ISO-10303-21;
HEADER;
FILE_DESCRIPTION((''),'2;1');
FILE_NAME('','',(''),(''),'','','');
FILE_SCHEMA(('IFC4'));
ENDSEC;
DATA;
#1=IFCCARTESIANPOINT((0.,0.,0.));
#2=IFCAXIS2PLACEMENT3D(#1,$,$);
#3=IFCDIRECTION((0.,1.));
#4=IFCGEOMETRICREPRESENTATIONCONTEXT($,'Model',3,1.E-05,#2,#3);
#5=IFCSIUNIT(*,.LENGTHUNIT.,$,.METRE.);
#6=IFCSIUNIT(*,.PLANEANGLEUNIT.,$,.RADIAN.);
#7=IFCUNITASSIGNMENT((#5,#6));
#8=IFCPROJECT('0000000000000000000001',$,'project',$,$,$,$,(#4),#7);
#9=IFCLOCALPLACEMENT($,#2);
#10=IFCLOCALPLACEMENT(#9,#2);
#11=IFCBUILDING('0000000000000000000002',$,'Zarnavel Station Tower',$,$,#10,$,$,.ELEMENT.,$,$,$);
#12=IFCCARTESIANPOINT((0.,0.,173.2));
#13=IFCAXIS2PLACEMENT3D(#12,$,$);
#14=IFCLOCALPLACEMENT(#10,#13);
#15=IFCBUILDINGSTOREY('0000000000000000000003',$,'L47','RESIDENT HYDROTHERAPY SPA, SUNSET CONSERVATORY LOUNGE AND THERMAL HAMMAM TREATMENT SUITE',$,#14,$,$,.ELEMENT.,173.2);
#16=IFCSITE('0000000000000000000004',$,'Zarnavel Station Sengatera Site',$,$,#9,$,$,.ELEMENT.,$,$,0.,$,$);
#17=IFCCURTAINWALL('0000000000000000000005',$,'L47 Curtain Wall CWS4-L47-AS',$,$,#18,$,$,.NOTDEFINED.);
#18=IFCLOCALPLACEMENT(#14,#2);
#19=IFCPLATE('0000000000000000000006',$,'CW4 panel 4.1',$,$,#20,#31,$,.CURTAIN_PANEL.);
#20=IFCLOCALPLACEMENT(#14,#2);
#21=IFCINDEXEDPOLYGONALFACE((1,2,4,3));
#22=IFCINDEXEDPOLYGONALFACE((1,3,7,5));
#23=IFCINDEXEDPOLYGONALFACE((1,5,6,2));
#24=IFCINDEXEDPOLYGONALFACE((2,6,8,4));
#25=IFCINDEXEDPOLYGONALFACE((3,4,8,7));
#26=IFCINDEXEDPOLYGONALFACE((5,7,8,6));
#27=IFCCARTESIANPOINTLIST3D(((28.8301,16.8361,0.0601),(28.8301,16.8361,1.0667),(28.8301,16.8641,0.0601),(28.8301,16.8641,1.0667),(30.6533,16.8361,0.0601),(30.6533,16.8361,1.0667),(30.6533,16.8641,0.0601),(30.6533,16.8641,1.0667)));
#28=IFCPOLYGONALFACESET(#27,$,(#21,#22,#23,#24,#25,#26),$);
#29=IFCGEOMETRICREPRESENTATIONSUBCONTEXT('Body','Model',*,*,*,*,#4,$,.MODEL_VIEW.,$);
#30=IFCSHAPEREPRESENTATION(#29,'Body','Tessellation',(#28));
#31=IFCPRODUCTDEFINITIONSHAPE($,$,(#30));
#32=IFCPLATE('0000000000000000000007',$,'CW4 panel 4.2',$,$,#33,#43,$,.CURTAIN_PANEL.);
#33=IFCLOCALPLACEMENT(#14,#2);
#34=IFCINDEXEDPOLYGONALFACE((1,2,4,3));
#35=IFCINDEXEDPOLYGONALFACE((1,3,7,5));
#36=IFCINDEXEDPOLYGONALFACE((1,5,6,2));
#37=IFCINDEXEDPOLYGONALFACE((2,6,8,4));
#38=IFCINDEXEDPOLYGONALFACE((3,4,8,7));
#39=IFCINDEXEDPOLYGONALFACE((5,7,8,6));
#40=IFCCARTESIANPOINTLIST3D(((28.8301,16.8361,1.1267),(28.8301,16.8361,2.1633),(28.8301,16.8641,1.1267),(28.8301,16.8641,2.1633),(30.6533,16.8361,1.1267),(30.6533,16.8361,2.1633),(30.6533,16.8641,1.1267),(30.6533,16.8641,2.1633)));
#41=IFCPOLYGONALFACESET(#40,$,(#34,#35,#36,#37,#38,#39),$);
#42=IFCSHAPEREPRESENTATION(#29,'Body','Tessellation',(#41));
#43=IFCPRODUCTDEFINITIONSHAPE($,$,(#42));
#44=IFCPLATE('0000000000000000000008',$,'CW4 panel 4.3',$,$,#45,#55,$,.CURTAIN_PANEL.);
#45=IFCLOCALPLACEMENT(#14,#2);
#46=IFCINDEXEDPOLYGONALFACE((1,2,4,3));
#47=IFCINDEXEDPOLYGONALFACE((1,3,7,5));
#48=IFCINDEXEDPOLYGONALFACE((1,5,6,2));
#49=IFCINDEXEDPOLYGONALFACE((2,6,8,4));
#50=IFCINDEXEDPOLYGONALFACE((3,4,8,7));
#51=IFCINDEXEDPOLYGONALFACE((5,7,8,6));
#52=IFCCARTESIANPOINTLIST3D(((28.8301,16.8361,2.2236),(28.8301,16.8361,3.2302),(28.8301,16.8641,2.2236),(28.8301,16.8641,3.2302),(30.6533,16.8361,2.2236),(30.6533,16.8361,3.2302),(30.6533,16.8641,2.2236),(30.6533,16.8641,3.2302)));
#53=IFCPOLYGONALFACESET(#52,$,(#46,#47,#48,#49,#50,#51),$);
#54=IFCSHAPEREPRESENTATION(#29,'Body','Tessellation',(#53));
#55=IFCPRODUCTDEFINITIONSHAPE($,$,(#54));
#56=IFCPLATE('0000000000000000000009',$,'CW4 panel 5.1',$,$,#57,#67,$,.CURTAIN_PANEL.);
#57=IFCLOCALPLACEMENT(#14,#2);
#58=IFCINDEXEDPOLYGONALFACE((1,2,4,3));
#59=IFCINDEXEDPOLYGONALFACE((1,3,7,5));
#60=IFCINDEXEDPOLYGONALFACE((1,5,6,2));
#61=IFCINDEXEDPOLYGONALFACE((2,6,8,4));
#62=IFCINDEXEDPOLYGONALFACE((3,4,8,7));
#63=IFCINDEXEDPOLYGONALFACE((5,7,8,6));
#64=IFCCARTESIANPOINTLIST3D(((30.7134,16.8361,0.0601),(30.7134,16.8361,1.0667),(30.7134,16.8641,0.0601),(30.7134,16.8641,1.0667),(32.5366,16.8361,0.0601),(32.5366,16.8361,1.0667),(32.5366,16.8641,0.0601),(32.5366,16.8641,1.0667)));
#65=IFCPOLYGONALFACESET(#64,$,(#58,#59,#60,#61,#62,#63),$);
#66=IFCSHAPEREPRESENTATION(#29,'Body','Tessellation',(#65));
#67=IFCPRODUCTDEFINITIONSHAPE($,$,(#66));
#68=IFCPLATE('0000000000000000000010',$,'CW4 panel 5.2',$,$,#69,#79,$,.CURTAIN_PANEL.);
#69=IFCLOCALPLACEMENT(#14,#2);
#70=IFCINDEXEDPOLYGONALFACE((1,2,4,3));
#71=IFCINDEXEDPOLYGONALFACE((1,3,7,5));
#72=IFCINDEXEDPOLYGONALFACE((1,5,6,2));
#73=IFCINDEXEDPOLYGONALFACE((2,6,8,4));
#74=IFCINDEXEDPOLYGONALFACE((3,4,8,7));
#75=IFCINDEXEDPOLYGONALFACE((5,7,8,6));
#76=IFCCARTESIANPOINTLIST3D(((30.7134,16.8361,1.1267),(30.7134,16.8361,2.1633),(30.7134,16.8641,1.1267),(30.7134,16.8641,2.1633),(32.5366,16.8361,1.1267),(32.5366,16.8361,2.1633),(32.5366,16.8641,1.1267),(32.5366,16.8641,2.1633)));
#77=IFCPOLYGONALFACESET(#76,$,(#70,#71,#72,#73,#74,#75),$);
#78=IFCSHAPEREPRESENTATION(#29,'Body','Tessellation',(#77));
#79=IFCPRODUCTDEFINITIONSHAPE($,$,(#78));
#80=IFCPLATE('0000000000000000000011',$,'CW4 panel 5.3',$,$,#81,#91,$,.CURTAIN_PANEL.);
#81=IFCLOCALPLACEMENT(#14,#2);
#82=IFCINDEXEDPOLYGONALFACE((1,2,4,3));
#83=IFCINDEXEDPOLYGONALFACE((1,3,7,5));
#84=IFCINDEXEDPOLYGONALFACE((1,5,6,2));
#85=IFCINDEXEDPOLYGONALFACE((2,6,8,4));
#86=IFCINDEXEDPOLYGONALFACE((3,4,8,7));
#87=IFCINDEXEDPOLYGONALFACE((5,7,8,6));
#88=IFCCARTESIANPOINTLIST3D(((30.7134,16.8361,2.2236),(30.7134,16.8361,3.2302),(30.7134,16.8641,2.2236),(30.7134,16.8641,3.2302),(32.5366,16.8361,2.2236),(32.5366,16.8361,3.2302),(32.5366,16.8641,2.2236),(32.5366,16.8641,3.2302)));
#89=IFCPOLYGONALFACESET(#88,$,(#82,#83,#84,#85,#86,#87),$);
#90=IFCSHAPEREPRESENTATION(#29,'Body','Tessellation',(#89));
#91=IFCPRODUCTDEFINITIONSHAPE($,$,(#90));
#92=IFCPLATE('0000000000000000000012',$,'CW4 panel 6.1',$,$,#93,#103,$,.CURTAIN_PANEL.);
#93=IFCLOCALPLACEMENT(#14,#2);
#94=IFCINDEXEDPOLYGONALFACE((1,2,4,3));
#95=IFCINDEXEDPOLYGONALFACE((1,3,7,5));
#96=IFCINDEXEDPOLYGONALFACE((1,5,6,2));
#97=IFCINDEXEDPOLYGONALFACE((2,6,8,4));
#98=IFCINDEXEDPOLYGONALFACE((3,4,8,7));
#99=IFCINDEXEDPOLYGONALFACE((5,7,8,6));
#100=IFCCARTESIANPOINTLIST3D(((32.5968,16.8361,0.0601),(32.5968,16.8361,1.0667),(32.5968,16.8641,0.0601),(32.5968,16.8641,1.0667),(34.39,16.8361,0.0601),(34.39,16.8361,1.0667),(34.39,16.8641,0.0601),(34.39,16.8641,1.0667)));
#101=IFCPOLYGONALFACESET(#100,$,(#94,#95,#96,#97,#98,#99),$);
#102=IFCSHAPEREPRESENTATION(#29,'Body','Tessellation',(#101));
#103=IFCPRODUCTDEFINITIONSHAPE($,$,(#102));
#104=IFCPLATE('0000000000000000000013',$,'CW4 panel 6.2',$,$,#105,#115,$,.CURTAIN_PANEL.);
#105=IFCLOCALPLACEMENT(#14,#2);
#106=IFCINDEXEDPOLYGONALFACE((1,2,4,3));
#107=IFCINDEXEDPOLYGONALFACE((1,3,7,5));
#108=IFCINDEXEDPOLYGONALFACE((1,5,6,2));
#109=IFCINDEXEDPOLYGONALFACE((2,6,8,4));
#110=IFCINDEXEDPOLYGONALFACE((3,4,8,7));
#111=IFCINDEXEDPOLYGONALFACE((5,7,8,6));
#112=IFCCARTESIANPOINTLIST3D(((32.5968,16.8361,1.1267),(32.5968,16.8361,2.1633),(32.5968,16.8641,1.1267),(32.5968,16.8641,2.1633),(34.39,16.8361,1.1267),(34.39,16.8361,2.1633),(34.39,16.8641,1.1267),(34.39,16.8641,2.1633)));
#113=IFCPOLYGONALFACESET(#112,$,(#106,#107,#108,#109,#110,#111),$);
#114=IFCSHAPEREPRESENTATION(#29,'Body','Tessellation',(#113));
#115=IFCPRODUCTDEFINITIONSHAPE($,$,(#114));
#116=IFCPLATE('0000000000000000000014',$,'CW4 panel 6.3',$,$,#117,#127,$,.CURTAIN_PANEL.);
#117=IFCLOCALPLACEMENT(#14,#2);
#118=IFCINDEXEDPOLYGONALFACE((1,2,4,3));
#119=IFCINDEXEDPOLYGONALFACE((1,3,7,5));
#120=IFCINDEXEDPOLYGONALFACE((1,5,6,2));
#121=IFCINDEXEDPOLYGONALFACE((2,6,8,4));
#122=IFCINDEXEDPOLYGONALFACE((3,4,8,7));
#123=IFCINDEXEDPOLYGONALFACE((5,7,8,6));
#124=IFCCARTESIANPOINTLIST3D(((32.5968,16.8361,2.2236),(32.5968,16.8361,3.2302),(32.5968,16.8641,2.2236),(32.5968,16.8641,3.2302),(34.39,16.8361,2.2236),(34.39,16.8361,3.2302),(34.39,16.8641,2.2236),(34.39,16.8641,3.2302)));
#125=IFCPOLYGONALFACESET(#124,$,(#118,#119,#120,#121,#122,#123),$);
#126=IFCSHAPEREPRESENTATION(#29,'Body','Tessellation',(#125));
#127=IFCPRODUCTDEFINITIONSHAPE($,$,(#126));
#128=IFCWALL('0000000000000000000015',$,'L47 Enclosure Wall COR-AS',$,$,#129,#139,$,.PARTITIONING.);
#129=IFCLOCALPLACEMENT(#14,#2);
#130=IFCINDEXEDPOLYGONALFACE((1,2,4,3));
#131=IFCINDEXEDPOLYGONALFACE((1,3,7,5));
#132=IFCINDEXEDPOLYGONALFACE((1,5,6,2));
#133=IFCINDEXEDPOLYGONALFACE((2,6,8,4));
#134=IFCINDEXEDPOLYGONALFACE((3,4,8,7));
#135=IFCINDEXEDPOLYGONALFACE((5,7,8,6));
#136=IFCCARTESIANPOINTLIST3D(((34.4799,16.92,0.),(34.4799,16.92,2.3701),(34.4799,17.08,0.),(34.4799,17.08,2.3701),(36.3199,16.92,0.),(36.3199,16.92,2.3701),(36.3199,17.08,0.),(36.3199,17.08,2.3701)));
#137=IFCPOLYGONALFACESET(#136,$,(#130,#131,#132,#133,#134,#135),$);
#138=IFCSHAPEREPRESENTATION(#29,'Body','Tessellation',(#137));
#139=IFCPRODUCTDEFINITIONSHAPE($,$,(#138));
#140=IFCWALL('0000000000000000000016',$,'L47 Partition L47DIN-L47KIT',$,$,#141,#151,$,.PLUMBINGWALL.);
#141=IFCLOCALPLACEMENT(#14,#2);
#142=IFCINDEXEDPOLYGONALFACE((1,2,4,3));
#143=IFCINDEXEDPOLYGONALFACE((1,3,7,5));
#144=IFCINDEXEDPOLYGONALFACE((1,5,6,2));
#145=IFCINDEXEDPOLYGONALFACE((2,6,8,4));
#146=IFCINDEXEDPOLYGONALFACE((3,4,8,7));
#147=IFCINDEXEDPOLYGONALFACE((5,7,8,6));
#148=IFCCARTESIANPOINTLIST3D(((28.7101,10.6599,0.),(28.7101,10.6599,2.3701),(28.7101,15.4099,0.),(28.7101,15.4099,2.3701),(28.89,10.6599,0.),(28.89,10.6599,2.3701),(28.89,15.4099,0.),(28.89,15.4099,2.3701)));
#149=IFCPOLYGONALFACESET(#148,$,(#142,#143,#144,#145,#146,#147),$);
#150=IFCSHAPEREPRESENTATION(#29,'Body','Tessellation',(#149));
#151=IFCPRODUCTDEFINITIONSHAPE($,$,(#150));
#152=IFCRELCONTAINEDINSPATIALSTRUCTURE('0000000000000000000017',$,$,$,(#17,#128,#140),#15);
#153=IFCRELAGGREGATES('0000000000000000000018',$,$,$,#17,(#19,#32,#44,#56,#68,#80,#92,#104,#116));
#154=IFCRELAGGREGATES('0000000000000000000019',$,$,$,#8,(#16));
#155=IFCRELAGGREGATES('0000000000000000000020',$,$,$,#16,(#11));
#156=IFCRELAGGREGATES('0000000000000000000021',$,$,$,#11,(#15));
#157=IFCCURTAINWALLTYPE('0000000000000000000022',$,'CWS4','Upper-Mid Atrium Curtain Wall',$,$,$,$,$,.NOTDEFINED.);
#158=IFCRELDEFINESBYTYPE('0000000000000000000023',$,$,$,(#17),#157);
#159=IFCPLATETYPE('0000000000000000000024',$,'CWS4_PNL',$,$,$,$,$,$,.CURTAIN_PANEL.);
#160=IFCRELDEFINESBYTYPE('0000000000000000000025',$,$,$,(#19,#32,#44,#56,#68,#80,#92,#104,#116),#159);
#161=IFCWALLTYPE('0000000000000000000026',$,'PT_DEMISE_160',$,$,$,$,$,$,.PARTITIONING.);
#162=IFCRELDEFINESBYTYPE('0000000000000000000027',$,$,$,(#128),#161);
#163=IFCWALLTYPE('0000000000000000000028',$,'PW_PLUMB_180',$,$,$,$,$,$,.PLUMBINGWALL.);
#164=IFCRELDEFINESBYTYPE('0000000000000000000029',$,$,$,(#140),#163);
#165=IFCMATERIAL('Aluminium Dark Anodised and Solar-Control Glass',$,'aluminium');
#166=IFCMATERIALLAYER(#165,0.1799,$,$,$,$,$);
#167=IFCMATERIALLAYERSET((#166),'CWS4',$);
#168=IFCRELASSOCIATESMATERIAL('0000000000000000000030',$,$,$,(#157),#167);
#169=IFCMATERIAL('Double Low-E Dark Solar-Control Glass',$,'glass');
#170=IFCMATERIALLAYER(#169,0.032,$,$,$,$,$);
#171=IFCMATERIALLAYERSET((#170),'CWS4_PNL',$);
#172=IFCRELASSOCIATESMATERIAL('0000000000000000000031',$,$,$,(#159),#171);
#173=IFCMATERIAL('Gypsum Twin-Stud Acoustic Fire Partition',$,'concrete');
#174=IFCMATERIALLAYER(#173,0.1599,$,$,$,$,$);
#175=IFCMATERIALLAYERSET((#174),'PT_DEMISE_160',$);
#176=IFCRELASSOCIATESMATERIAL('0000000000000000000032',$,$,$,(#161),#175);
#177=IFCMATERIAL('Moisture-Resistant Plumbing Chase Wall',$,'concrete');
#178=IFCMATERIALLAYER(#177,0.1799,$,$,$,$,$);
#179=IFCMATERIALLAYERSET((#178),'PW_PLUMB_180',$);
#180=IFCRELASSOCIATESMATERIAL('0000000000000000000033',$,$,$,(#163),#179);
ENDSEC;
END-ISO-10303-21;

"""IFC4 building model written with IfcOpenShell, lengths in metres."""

from ifc_helpers import new_model, si_unit, direction, frame, frame_2d, origin, origin_2d, place, context, subcontext, project, spatial, rectangle, extrude, material, layer, layer_set, type_object, element, aggregate, save


model = new_model("IFC4")

# Units and contexts
model_context = context("Model", 3, precision=1e-05, world=origin(), true_north=direction((0.0, 1.0)))
body_context = subcontext(model_context, "Body", "Model", "MODEL_VIEW")
ifc_project = project(units=[si_unit("LENGTHUNIT", "METRE"), si_unit("PLANEANGLEUNIT", "RADIAN")], contexts=[model_context])

# Site, building, storey
site_placement = place(None, origin())
site = spatial("IfcSite", under=ifc_project, at=site_placement, Name="Zarnavel Station Sengatera Site", CompositionType="ELEMENT", RefElevation=0.0)
building_placement = place(site_placement, origin())
building = spatial("IfcBuilding", under=site, at=building_placement, Name="Zarnavel Station Tower", CompositionType="ELEMENT")
storey_placement = place(building_placement, frame((0.0, 0.0, 173.2)))
storey = spatial("IfcBuildingStorey", under=building, at=storey_placement, Name="L47", Description="RESIDENT HYDROTHERAPY SPA, SUNSET CONSERVATORY LOUNGE AND THERMAL HAMMAM TREATMENT SUITE", CompositionType="ELEMENT", Elevation=173.2)

# Curtain wall
ifc_material_1 = material(Name="Aluminium Dark Anodised and Solar-Control Glass", Category="aluminium")
ifc_layer_1 = layer(ifc_material_1, 0.1799)
ifc_layer_set_1 = layer_set([ifc_layer_1], Name="CWS4")
curtain_wall_type = type_object("IfcCurtainWallType", Name="CWS4", Description="Upper-Mid Atrium Curtain Wall", PredefinedType="NOTDEFINED", material=ifc_layer_set_1)
curtain_wall_placement = place(storey_placement, origin())
curtain_wall = element("IfcCurtainWall", 1, at=curtain_wall_placement, inside=storey, type_object=curtain_wall_type, Name="L47 Curtain Wall CWS4-L47-AS", PredefinedType="NOTDEFINED")

# Plates
ifc_material_2 = material(Name="Double Low-E Dark Solar-Control Glass", Category="glass")
ifc_layer_2 = layer(ifc_material_2, 0.032)
ifc_layer_set_2 = layer_set([ifc_layer_2], Name="CWS4_PNL")
plate_type = type_object("IfcPlateType", Name="CWS4_PNL", PredefinedType="CURTAIN_PANEL", material=ifc_layer_set_2)
plate_1_placement = place(storey_placement, frame((29.7417, 16.8501, 0.0601), z_axis=(0.0, 0.0, 1.0), x_axis=(1.0, 0.0, 0.0)))
plate_1 = element("IfcPlate", 2, at=plate_1_placement, type_object=plate_type, Name="CW4 panel 4.1", PredefinedType="CURTAIN_PANEL", context=body_context, shape_type="SweptSolid", body=[
    extrude(rectangle(XDim=1.8232, YDim=0.0281, at=origin_2d()), origin(), (0.0, 0.0, 1.0), 1.0066),
])
plate_2_placement = place(storey_placement, frame((29.7417, 16.8501, 1.1267), z_axis=(0.0, 0.0, 1.0), x_axis=(1.0, 0.0, 0.0)))
plate_2 = element("IfcPlate", 3, at=plate_2_placement, type_object=plate_type, Name="CW4 panel 4.2", PredefinedType="CURTAIN_PANEL", context=body_context, shape_type="SweptSolid", body=[
    extrude(rectangle(XDim=1.8232, YDim=0.0281, at=origin_2d()), origin(), (0.0, 0.0, 1.0), 1.0366),
])
plate_3_placement = place(storey_placement, frame((29.7417, 16.8501, 2.2236), z_axis=(0.0, 0.0, 1.0), x_axis=(1.0, 0.0, 0.0)))
plate_3 = element("IfcPlate", 4, at=plate_3_placement, type_object=plate_type, Name="CW4 panel 4.3", PredefinedType="CURTAIN_PANEL", context=body_context, shape_type="SweptSolid", body=[
    extrude(rectangle(XDim=1.8232, YDim=0.0281, at=origin_2d()), origin(), (0.0, 0.0, 1.0), 1.0066),
])
plate_4_placement = place(storey_placement, frame((31.625, 16.8501, 0.0601), z_axis=(0.0, 0.0, 1.0), x_axis=(1.0, 0.0, 0.0)))
plate_4 = element("IfcPlate", 5, at=plate_4_placement, type_object=plate_type, Name="CW4 panel 5.1", PredefinedType="CURTAIN_PANEL", context=body_context, shape_type="SweptSolid", body=[
    extrude(rectangle(XDim=1.8232, YDim=0.0281, at=origin_2d()), origin(), (0.0, 0.0, 1.0), 1.0066),
])
plate_5_placement = place(storey_placement, frame((31.625, 16.8501, 1.1267), z_axis=(0.0, 0.0, 1.0), x_axis=(1.0, 0.0, 0.0)))
plate_5 = element("IfcPlate", 6, at=plate_5_placement, type_object=plate_type, Name="CW4 panel 5.2", PredefinedType="CURTAIN_PANEL", context=body_context, shape_type="SweptSolid", body=[
    extrude(rectangle(XDim=1.8232, YDim=0.0281, at=origin_2d()), origin(), (0.0, 0.0, 1.0), 1.0366),
])
plate_6_placement = place(storey_placement, frame((31.625, 16.8501, 2.2236), z_axis=(0.0, 0.0, 1.0), x_axis=(1.0, 0.0, 0.0)))
plate_6 = element("IfcPlate", 7, at=plate_6_placement, type_object=plate_type, Name="CW4 panel 5.3", PredefinedType="CURTAIN_PANEL", context=body_context, shape_type="SweptSolid", body=[
    extrude(rectangle(XDim=1.8232, YDim=0.0281, at=origin_2d()), origin(), (0.0, 0.0, 1.0), 1.0066),
])
plate_7_placement = place(storey_placement, frame((33.4934, 16.8501, 0.0601), z_axis=(0.0, 0.0, 1.0), x_axis=(1.0, 0.0, 0.0)))
plate_7 = element("IfcPlate", 8, at=plate_7_placement, type_object=plate_type, Name="CW4 panel 6.1", PredefinedType="CURTAIN_PANEL", context=body_context, shape_type="SweptSolid", body=[
    extrude(rectangle(XDim=1.7932, YDim=0.0281, at=origin_2d()), origin(), (0.0, 0.0, 1.0), 1.0066),
])
plate_8_placement = place(storey_placement, frame((33.4934, 16.8501, 1.1267), z_axis=(0.0, 0.0, 1.0), x_axis=(1.0, 0.0, 0.0)))
plate_8 = element("IfcPlate", 9, at=plate_8_placement, type_object=plate_type, Name="CW4 panel 6.2", PredefinedType="CURTAIN_PANEL", context=body_context, shape_type="SweptSolid", body=[
    extrude(rectangle(XDim=1.7932, YDim=0.0281, at=origin_2d()), origin(), (0.0, 0.0, 1.0), 1.0366),
])
plate_9_placement = place(storey_placement, frame((33.4934, 16.8501, 2.2236), z_axis=(0.0, 0.0, 1.0), x_axis=(1.0, 0.0, 0.0)))
plate_9 = element("IfcPlate", 10, at=plate_9_placement, type_object=plate_type, Name="CW4 panel 6.3", PredefinedType="CURTAIN_PANEL", context=body_context, shape_type="SweptSolid", body=[
    extrude(rectangle(XDim=1.7932, YDim=0.0281, at=origin_2d()), origin(), (0.0, 0.0, 1.0), 1.0066),
])
aggregate(curtain_wall, [plate_1, plate_2, plate_3, plate_4, plate_5, plate_6, plate_7, plate_8, plate_9])

# Wall
ifc_material_3 = material(Name="Gypsum Twin-Stud Acoustic Fire Partition", Category="concrete")
ifc_layer_3 = layer(ifc_material_3, 0.1599)
ifc_layer_set_3 = layer_set([ifc_layer_3], Name="PT_DEMISE_160")
wall_type_1 = type_object("IfcWallType", Name="PT_DEMISE_160", PredefinedType="PARTITIONING", material=ifc_layer_set_3)
wall_1_placement = place(storey_placement, frame((34.48, 17.0, 0.0), z_axis=(0.0, 0.0, 1.0), x_axis=(1.0, 0.0, 0.0)))
element("IfcWall", 11, at=wall_1_placement, inside=storey, type_object=wall_type_1, Name="L47 Enclosure Wall COR-AS", PredefinedType="PARTITIONING", context=body_context, shape_type="SweptSolid", body=[
    extrude(rectangle(XDim=1.8401, YDim=0.1599, at=frame_2d((0.9199, 0.0))), origin(), (0.0, 0.0, 1.0), 2.3701),
])

# Shared definitions
ifc_material_4 = material(Name="Moisture-Resistant Plumbing Chase Wall", Category="concrete")
ifc_layer_4 = layer(ifc_material_4, 0.1799)
ifc_layer_set_4 = layer_set([ifc_layer_4], Name="PW_PLUMB_180")
wall_type_2 = type_object("IfcWallType", Name="PW_PLUMB_180", PredefinedType="PLUMBINGWALL", material=ifc_layer_set_4)

# Wall
wall_2_placement = place(storey_placement, frame((28.8, 10.6599, 0.0), z_axis=(0.0, 0.0, 1.0), x_axis=(0.0, 1.0, 0.0)))
element("IfcWall", 12, at=wall_2_placement, inside=storey, type_object=wall_type_2, Name="L47 Partition L47DIN-L47KIT", PredefinedType="PLUMBINGWALL", context=body_context, shape_type="SweptSolid", body=[
    extrude(rectangle(XDim=4.75, YDim=0.1799, at=frame_2d((2.375, 0.0))), origin(), (0.0, 0.0, 1.0), 2.3701),
])

save(model, "model.ifc")
